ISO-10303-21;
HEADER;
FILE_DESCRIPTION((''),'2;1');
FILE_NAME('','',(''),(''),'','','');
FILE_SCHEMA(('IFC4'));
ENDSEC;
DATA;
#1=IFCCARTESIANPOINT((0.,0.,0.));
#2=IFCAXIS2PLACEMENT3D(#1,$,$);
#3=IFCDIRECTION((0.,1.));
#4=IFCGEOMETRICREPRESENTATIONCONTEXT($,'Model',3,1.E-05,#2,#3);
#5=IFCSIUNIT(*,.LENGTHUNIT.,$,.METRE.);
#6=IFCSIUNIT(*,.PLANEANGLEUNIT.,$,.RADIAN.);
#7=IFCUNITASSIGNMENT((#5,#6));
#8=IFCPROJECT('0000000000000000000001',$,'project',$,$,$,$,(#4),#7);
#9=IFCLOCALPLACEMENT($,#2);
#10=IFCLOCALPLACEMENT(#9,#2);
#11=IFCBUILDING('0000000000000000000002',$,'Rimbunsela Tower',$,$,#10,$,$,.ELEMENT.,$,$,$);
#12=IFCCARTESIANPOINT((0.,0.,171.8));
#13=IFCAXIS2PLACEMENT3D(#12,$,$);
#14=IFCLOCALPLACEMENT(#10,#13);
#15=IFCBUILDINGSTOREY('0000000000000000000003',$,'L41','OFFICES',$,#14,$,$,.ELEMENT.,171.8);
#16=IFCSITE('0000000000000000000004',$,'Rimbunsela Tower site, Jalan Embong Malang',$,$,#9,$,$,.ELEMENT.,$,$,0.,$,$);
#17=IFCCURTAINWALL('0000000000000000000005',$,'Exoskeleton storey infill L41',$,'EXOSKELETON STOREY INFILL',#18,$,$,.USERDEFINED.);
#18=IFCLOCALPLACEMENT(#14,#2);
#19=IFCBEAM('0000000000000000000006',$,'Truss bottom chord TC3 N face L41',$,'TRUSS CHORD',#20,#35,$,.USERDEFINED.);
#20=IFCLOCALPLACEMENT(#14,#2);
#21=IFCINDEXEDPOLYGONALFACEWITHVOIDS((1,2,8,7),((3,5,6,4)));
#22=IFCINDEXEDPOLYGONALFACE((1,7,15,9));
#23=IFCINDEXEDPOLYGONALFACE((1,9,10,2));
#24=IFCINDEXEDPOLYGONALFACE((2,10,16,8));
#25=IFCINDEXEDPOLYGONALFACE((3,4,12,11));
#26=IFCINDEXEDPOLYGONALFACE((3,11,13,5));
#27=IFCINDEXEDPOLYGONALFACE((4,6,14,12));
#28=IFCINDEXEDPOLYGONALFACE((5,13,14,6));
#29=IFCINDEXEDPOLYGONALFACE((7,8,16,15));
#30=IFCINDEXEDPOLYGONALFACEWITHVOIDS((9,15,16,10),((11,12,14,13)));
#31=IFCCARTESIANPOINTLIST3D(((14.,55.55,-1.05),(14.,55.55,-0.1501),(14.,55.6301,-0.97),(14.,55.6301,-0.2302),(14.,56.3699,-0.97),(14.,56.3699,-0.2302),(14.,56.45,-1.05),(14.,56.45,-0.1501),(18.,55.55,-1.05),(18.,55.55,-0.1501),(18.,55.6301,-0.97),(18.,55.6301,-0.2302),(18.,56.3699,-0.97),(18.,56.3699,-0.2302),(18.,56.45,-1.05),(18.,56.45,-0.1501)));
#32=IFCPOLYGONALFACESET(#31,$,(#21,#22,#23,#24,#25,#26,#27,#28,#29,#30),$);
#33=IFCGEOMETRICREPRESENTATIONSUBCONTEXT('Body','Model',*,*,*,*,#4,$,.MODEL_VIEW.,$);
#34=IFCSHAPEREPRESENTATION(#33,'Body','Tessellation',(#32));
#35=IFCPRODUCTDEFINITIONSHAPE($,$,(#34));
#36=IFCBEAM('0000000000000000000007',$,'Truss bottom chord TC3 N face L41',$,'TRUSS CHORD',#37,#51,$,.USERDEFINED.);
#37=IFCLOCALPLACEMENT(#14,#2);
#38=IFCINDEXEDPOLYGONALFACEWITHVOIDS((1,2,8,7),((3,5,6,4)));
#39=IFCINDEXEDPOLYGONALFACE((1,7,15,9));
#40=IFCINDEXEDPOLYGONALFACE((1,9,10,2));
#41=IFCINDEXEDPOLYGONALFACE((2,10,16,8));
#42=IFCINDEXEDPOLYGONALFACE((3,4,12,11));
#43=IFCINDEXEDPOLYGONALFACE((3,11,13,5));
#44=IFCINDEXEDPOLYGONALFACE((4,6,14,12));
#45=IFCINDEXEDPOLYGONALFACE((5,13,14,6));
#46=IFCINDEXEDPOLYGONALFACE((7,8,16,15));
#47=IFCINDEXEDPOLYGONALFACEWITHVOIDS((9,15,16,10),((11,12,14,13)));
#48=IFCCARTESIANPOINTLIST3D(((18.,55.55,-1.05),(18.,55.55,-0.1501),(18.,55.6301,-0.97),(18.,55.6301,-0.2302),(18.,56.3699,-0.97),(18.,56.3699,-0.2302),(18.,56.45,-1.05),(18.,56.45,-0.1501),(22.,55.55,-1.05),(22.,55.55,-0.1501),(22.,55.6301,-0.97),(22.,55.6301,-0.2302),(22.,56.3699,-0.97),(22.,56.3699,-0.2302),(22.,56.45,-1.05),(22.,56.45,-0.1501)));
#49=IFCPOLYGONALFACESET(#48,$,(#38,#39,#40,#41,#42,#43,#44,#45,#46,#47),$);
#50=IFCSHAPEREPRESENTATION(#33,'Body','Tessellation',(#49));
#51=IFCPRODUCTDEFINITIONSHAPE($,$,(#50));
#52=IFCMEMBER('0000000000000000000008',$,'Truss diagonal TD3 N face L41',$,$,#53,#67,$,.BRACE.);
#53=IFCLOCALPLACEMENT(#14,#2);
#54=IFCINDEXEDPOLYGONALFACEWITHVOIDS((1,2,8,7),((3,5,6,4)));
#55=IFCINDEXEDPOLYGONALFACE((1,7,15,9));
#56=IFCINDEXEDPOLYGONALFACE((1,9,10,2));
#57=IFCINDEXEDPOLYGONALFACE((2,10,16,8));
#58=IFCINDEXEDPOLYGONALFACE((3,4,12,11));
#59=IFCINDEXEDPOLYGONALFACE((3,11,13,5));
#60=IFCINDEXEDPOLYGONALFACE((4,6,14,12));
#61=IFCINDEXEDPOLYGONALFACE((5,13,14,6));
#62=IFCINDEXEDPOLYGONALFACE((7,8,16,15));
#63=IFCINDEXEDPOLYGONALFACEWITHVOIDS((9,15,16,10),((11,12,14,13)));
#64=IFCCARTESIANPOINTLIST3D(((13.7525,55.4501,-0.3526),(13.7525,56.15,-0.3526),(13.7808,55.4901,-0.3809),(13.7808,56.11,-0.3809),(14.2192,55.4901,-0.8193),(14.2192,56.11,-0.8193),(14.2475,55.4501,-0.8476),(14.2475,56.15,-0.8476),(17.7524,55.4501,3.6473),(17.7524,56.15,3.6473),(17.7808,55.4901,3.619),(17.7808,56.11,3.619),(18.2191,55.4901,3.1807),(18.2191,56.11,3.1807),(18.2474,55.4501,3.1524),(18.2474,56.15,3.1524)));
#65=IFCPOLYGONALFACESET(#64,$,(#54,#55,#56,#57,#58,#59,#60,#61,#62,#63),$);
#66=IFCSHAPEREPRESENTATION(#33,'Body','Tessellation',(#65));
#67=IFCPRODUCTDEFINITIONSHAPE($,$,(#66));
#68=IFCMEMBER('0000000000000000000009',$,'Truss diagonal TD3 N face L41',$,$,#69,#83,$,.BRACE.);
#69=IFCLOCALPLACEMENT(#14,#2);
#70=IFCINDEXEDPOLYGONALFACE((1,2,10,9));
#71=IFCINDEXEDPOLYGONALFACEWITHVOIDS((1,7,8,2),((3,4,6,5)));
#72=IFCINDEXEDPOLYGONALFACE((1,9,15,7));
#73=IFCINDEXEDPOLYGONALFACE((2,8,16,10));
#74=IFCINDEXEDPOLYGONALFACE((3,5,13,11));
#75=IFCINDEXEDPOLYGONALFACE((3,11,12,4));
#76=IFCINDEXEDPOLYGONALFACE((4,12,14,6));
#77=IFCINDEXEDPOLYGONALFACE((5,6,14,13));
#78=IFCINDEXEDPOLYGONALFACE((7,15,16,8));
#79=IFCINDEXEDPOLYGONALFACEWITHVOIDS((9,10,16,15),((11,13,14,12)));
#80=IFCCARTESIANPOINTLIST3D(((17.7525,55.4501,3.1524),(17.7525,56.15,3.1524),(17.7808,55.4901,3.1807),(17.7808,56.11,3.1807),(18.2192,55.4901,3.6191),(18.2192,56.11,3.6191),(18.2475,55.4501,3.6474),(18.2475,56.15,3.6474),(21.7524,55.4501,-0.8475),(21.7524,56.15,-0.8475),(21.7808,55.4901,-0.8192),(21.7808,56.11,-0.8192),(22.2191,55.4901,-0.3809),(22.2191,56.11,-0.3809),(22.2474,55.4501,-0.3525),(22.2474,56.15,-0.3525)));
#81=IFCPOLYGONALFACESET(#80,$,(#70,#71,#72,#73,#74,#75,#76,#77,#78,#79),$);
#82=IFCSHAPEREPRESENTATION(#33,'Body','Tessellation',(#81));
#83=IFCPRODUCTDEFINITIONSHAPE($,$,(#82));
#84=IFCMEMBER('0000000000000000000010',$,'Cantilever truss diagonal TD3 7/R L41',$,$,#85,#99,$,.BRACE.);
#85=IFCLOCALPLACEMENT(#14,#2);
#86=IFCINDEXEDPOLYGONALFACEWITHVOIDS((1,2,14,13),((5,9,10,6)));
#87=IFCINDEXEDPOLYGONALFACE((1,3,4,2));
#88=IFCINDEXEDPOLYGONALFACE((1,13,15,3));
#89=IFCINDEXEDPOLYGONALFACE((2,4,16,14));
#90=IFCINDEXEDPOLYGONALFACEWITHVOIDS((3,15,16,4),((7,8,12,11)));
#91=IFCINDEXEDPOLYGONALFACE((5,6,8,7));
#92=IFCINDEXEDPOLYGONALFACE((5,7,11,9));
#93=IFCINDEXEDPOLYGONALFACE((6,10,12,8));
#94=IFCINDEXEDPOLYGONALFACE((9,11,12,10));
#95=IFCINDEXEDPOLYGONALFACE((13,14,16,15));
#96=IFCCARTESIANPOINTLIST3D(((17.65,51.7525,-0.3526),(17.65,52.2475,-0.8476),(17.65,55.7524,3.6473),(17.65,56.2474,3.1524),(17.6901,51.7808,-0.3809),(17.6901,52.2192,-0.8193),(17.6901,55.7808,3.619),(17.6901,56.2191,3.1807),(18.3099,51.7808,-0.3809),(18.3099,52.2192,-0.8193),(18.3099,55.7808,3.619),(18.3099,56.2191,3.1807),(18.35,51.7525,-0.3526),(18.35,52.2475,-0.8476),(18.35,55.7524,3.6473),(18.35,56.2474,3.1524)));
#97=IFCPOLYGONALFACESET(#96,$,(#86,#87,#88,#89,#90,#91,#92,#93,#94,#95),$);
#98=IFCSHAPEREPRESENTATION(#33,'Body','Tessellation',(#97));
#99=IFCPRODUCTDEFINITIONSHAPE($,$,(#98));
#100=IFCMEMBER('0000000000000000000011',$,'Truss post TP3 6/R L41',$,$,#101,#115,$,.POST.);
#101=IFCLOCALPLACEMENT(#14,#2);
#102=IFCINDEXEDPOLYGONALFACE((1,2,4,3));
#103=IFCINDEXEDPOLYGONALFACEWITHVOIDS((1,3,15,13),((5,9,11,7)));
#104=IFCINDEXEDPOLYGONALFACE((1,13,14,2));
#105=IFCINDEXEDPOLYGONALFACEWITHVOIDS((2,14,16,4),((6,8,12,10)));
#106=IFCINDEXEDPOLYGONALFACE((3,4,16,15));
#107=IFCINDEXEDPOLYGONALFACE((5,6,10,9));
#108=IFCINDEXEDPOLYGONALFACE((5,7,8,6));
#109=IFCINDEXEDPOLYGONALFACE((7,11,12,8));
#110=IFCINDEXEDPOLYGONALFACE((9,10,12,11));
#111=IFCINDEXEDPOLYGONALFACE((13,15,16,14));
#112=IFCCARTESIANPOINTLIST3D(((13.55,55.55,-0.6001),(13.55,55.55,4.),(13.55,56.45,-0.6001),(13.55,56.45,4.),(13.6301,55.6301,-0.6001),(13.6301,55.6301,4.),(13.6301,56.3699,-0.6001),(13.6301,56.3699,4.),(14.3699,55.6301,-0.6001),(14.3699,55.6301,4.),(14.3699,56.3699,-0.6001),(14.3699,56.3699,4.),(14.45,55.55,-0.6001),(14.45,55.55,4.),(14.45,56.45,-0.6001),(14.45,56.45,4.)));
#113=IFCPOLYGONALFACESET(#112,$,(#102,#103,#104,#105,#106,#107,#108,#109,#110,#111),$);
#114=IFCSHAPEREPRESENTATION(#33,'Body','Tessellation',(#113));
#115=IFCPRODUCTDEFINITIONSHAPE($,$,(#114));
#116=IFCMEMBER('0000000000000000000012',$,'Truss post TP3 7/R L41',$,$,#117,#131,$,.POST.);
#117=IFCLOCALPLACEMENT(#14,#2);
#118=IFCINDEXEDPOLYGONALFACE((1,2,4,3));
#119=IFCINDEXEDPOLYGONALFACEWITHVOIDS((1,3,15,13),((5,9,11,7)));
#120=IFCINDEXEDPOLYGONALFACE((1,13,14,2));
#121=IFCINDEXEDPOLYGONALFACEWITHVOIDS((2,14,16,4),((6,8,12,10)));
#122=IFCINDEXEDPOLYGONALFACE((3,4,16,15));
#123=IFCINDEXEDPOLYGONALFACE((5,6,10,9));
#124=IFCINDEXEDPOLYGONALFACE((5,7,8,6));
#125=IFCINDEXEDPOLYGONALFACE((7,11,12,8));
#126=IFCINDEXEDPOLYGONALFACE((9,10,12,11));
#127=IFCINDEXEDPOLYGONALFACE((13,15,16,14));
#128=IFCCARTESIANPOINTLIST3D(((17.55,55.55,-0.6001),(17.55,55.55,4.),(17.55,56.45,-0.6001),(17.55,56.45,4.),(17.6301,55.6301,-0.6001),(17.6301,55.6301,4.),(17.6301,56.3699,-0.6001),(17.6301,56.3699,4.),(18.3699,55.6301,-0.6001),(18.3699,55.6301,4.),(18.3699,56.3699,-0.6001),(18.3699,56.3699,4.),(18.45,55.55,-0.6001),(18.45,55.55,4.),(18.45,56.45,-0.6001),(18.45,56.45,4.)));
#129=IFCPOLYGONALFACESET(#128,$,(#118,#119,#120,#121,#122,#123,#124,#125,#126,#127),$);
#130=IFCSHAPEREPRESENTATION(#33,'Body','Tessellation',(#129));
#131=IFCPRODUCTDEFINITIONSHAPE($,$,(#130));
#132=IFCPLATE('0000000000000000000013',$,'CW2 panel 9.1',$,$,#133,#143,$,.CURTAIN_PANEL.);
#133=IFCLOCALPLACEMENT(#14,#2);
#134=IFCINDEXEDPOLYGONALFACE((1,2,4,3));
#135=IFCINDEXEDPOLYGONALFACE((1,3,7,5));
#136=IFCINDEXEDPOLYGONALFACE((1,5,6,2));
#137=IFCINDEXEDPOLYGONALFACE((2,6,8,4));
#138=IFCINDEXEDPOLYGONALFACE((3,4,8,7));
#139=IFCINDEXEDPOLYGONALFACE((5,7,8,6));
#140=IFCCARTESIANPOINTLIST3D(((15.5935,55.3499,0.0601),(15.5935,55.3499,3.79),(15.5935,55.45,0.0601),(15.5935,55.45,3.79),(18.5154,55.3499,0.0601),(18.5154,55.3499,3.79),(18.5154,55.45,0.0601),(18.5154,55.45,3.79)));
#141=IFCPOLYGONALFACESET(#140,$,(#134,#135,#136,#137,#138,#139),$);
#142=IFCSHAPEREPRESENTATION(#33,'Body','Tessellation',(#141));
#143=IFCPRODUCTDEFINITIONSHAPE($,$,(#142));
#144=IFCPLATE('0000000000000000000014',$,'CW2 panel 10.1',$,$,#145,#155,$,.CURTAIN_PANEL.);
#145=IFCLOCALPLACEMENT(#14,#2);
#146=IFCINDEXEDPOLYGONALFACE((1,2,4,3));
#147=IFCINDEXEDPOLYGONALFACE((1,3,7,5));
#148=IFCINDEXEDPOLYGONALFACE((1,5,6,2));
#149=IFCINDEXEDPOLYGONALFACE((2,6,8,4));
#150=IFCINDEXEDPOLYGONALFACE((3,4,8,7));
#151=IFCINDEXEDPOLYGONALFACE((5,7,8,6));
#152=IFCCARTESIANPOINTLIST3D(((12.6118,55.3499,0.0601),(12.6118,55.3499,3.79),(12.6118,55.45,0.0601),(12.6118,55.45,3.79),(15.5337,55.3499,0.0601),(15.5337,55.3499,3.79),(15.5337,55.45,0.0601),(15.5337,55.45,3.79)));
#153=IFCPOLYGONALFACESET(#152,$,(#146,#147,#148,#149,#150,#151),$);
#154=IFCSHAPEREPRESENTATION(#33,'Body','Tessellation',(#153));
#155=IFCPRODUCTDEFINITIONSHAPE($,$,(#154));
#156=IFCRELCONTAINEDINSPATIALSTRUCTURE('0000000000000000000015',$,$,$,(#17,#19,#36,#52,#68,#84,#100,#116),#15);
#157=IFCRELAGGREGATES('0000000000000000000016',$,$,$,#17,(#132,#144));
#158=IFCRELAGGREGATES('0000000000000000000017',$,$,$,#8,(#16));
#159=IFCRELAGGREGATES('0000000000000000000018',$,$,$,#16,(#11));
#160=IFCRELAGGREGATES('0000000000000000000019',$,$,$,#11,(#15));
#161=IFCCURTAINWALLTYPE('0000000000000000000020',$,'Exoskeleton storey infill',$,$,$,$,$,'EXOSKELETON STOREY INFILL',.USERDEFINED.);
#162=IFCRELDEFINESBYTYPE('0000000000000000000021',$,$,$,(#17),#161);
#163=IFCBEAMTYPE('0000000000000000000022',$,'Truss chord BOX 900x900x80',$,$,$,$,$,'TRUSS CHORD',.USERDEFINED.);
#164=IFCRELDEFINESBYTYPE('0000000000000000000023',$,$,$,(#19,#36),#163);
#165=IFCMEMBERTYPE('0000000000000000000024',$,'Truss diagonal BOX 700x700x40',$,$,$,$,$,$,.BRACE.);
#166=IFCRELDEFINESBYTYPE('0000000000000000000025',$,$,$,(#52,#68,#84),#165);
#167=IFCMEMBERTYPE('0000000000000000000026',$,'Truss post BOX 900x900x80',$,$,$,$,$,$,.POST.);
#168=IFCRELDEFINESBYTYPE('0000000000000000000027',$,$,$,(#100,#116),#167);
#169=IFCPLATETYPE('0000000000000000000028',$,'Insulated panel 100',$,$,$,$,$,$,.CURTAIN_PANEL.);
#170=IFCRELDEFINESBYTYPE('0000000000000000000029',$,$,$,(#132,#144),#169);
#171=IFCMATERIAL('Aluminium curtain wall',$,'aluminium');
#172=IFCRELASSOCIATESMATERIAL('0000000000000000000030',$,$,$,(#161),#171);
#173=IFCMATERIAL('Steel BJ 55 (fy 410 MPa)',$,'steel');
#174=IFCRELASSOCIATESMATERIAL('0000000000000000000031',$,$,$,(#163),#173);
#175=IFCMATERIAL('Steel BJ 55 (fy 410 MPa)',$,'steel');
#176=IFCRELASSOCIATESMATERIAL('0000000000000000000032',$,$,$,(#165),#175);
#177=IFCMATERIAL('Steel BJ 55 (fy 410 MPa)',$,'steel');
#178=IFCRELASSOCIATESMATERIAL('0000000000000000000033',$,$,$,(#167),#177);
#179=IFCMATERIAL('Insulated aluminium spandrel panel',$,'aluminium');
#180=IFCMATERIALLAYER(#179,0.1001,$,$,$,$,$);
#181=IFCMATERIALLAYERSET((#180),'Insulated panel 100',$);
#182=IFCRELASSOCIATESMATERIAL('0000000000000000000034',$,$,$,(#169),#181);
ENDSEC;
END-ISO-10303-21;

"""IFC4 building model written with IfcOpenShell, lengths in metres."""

from ifc_helpers import new_model, si_unit, direction, frame, origin, origin_2d, place, context, subcontext, project, spatial, rectangle, hollow_rectangle, extrude, material, layer, layer_set, material_profile, profile_set, type_object, element, aggregate, save


model = new_model("IFC4")

# Units and contexts
model_context = context("Model", 3, precision=1e-05, world=origin(), true_north=direction((0.0, 1.0)))
body_context = subcontext(model_context, "Body", "Model", "MODEL_VIEW")
ifc_project = project(units=[si_unit("LENGTHUNIT", "METRE"), si_unit("PLANEANGLEUNIT", "RADIAN")], contexts=[model_context])

# Site, building, storey
site_placement = place(None, origin())
site = spatial("IfcSite", under=ifc_project, at=site_placement, Name="Rimbunsela Tower site, Jalan Embong Malang", CompositionType="ELEMENT", RefElevation=0.0)
building_placement = place(site_placement, origin())
building = spatial("IfcBuilding", under=site, at=building_placement, Name="Rimbunsela Tower", CompositionType="ELEMENT")
storey_placement = place(building_placement, frame((0.0, 0.0, 171.8)))
storey = spatial("IfcBuildingStorey", under=building, at=storey_placement, Name="L41", Description="OFFICES", CompositionType="ELEMENT", Elevation=171.8)

# Curtain wall
ifc_material_1 = material(Name="Aluminium curtain wall", Category="aluminium")
curtain_wall_type = type_object("IfcCurtainWallType", Name="Exoskeleton storey infill", ElementType="EXOSKELETON STOREY INFILL", PredefinedType="USERDEFINED", material=ifc_material_1)
curtain_wall_placement = place(storey_placement, origin())
curtain_wall = element("IfcCurtainWall", 1, at=curtain_wall_placement, inside=storey, type_object=curtain_wall_type, Name="Exoskeleton storey infill L41", ObjectType="EXOSKELETON STOREY INFILL", PredefinedType="USERDEFINED")

# Beams
ifc_material_2 = material(Name="Steel BJ 55 (fy 410 MPa)", Category="steel")
ifc_material_profile_1 = material_profile(ifc_material_2, hollow_rectangle(XDim=0.8999, YDim=0.8999, WallThickness=0.0801, at=origin_2d()), Name="BOX 900x900x80")
ifc_profile_set_1 = profile_set([ifc_material_profile_1], Name="Steel BJ 55 (fy 410 MPa)")
beam_type_1 = type_object("IfcBeamType", Name="Truss chord BOX 900x900x80", ElementType="TRUSS CHORD", PredefinedType="USERDEFINED", material=ifc_profile_set_1)
for number, where, z_axis, x_axis, name in (
    (2, (14.0, 56.0, -0.6001), (1.0, 0.0, 0.0), (0.0, 1.0, 0.0), "Truss bottom chord TC3 N face L41"),
    (3, (18.0, 56.0, -0.6001), (1.0, 0.0, 0.0), (0.0, 1.0, 0.0), "Truss bottom chord TC3 N face L41"),
):
    element("IfcBeam", number, at=place(storey_placement, frame(where, z_axis=z_axis, x_axis=x_axis)), inside=storey, type_object=beam_type_1, Name=name, ObjectType="TRUSS CHORD", PredefinedType="USERDEFINED", context=body_context, shape_type="SweptSolid", body=[
        extrude(hollow_rectangle(XDim=0.8999, YDim=0.8999, WallThickness=0.0801, at=origin_2d()), origin(), (0.0, 0.0, 1.0), 4.0),
    ])

# Members
ifc_material_3 = material(Name="Steel BJ 55 (fy 410 MPa)", Category="steel")
ifc_material_profile_2 = material_profile(ifc_material_3, hollow_rectangle(XDim=0.7, YDim=0.7, WallThickness=0.04, at=origin_2d()), Name="BOX 700x700x40")
ifc_profile_set_2 = profile_set([ifc_material_profile_2], Name="Steel BJ 55 (fy 410 MPa)")
member_type_1 = type_object("IfcMemberType", Name="Truss diagonal BOX 700x700x40", PredefinedType="BRACE", material=ifc_profile_set_2)
for number, where, z_axis, x_axis, name in (
    (4, (14.0, 55.8, -0.6001), (0.707107, 0.0, 0.707107), (0.0, 1.0, 0.0), "Truss diagonal TD3 N face L41"),
    (5, (18.0, 55.8, 3.3999), (0.707107, 0.0, -0.707107), (0.0, 1.0, 0.0), "Truss diagonal TD3 N face L41"),
    (6, (18.0, 52.0, -0.6001), (0.0, 0.707107, 0.707107), (-1.0, 0.0, 0.0), "Cantilever truss diagonal TD3 7/R L41"),
):
    element("IfcMember", number, at=place(storey_placement, frame(where, z_axis=z_axis, x_axis=x_axis)), inside=storey, type_object=member_type_1, Name=name, PredefinedType="BRACE", context=body_context, shape_type="SweptSolid", body=[
        extrude(hollow_rectangle(XDim=0.7, YDim=0.7, WallThickness=0.04, at=origin_2d()), origin(), (0.0, 0.0, 1.0), 5.6567),
    ])
ifc_material_4 = material(Name="Steel BJ 55 (fy 410 MPa)", Category="steel")
ifc_material_profile_3 = material_profile(ifc_material_4, hollow_rectangle(XDim=0.8999, YDim=0.8999, WallThickness=0.0801, at=origin_2d()), Name="BOX 900x900x80")
ifc_profile_set_3 = profile_set([ifc_material_profile_3], Name="Steel BJ 55 (fy 410 MPa)")
member_type_2 = type_object("IfcMemberType", Name="Truss post BOX 900x900x80", PredefinedType="POST", material=ifc_profile_set_3)
for number, where, z_axis, x_axis, name in (
    (7, (14.0, 56.0, -0.6001), (0.0, 0.0, 1.0), (1.0, 0.0, 0.0), "Truss post TP3 6/R L41"),
    (8, (18.0, 56.0, -0.6001), (0.0, 0.0, 1.0), (1.0, 0.0, 0.0), "Truss post TP3 7/R L41"),
):
    element("IfcMember", number, at=place(storey_placement, frame(where, z_axis=z_axis, x_axis=x_axis)), inside=storey, type_object=member_type_2, Name=name, PredefinedType="POST", context=body_context, shape_type="SweptSolid", body=[
        extrude(hollow_rectangle(XDim=0.8999, YDim=0.8999, WallThickness=0.0801, at=origin_2d()), origin(), (0.0, 0.0, 1.0), 4.6001),
    ])

# Plates
ifc_material_5 = material(Name="Insulated aluminium spandrel panel", Category="aluminium")
ifc_layer = layer(ifc_material_5, 0.1001)
ifc_layer_set = layer_set([ifc_layer], Name="Insulated panel 100")
plate_type = type_object("IfcPlateType", Name="Insulated panel 100", PredefinedType="CURTAIN_PANEL", material=ifc_layer_set)
plate_1_placement = place(storey_placement, frame((17.0544, 55.3999, 0.0601), z_axis=(0.0, 0.0, 1.0), x_axis=(-1.0, 0.0, 0.0)))
plate_1 = element("IfcPlate", 9, at=plate_1_placement, type_object=plate_type, Name="CW2 panel 9.1", PredefinedType="CURTAIN_PANEL", context=body_context, shape_type="SweptSolid", body=[
    extrude(rectangle(XDim=2.9219, YDim=0.1001, at=origin_2d()), origin(), (0.0, 0.0, 1.0), 3.73),
])
plate_2_placement = place(storey_placement, frame((14.0728, 55.3999, 0.0601), z_axis=(0.0, 0.0, 1.0), x_axis=(-1.0, 0.0, 0.0)))
plate_2 = element("IfcPlate", 10, at=plate_2_placement, type_object=plate_type, Name="CW2 panel 10.1", PredefinedType="CURTAIN_PANEL", context=body_context, shape_type="SweptSolid", body=[
    extrude(rectangle(XDim=2.9219, YDim=0.1001, at=origin_2d()), origin(), (0.0, 0.0, 1.0), 3.73),
])
aggregate(curtain_wall, [plate_1, plate_2])

save(model, "model.ifc")
